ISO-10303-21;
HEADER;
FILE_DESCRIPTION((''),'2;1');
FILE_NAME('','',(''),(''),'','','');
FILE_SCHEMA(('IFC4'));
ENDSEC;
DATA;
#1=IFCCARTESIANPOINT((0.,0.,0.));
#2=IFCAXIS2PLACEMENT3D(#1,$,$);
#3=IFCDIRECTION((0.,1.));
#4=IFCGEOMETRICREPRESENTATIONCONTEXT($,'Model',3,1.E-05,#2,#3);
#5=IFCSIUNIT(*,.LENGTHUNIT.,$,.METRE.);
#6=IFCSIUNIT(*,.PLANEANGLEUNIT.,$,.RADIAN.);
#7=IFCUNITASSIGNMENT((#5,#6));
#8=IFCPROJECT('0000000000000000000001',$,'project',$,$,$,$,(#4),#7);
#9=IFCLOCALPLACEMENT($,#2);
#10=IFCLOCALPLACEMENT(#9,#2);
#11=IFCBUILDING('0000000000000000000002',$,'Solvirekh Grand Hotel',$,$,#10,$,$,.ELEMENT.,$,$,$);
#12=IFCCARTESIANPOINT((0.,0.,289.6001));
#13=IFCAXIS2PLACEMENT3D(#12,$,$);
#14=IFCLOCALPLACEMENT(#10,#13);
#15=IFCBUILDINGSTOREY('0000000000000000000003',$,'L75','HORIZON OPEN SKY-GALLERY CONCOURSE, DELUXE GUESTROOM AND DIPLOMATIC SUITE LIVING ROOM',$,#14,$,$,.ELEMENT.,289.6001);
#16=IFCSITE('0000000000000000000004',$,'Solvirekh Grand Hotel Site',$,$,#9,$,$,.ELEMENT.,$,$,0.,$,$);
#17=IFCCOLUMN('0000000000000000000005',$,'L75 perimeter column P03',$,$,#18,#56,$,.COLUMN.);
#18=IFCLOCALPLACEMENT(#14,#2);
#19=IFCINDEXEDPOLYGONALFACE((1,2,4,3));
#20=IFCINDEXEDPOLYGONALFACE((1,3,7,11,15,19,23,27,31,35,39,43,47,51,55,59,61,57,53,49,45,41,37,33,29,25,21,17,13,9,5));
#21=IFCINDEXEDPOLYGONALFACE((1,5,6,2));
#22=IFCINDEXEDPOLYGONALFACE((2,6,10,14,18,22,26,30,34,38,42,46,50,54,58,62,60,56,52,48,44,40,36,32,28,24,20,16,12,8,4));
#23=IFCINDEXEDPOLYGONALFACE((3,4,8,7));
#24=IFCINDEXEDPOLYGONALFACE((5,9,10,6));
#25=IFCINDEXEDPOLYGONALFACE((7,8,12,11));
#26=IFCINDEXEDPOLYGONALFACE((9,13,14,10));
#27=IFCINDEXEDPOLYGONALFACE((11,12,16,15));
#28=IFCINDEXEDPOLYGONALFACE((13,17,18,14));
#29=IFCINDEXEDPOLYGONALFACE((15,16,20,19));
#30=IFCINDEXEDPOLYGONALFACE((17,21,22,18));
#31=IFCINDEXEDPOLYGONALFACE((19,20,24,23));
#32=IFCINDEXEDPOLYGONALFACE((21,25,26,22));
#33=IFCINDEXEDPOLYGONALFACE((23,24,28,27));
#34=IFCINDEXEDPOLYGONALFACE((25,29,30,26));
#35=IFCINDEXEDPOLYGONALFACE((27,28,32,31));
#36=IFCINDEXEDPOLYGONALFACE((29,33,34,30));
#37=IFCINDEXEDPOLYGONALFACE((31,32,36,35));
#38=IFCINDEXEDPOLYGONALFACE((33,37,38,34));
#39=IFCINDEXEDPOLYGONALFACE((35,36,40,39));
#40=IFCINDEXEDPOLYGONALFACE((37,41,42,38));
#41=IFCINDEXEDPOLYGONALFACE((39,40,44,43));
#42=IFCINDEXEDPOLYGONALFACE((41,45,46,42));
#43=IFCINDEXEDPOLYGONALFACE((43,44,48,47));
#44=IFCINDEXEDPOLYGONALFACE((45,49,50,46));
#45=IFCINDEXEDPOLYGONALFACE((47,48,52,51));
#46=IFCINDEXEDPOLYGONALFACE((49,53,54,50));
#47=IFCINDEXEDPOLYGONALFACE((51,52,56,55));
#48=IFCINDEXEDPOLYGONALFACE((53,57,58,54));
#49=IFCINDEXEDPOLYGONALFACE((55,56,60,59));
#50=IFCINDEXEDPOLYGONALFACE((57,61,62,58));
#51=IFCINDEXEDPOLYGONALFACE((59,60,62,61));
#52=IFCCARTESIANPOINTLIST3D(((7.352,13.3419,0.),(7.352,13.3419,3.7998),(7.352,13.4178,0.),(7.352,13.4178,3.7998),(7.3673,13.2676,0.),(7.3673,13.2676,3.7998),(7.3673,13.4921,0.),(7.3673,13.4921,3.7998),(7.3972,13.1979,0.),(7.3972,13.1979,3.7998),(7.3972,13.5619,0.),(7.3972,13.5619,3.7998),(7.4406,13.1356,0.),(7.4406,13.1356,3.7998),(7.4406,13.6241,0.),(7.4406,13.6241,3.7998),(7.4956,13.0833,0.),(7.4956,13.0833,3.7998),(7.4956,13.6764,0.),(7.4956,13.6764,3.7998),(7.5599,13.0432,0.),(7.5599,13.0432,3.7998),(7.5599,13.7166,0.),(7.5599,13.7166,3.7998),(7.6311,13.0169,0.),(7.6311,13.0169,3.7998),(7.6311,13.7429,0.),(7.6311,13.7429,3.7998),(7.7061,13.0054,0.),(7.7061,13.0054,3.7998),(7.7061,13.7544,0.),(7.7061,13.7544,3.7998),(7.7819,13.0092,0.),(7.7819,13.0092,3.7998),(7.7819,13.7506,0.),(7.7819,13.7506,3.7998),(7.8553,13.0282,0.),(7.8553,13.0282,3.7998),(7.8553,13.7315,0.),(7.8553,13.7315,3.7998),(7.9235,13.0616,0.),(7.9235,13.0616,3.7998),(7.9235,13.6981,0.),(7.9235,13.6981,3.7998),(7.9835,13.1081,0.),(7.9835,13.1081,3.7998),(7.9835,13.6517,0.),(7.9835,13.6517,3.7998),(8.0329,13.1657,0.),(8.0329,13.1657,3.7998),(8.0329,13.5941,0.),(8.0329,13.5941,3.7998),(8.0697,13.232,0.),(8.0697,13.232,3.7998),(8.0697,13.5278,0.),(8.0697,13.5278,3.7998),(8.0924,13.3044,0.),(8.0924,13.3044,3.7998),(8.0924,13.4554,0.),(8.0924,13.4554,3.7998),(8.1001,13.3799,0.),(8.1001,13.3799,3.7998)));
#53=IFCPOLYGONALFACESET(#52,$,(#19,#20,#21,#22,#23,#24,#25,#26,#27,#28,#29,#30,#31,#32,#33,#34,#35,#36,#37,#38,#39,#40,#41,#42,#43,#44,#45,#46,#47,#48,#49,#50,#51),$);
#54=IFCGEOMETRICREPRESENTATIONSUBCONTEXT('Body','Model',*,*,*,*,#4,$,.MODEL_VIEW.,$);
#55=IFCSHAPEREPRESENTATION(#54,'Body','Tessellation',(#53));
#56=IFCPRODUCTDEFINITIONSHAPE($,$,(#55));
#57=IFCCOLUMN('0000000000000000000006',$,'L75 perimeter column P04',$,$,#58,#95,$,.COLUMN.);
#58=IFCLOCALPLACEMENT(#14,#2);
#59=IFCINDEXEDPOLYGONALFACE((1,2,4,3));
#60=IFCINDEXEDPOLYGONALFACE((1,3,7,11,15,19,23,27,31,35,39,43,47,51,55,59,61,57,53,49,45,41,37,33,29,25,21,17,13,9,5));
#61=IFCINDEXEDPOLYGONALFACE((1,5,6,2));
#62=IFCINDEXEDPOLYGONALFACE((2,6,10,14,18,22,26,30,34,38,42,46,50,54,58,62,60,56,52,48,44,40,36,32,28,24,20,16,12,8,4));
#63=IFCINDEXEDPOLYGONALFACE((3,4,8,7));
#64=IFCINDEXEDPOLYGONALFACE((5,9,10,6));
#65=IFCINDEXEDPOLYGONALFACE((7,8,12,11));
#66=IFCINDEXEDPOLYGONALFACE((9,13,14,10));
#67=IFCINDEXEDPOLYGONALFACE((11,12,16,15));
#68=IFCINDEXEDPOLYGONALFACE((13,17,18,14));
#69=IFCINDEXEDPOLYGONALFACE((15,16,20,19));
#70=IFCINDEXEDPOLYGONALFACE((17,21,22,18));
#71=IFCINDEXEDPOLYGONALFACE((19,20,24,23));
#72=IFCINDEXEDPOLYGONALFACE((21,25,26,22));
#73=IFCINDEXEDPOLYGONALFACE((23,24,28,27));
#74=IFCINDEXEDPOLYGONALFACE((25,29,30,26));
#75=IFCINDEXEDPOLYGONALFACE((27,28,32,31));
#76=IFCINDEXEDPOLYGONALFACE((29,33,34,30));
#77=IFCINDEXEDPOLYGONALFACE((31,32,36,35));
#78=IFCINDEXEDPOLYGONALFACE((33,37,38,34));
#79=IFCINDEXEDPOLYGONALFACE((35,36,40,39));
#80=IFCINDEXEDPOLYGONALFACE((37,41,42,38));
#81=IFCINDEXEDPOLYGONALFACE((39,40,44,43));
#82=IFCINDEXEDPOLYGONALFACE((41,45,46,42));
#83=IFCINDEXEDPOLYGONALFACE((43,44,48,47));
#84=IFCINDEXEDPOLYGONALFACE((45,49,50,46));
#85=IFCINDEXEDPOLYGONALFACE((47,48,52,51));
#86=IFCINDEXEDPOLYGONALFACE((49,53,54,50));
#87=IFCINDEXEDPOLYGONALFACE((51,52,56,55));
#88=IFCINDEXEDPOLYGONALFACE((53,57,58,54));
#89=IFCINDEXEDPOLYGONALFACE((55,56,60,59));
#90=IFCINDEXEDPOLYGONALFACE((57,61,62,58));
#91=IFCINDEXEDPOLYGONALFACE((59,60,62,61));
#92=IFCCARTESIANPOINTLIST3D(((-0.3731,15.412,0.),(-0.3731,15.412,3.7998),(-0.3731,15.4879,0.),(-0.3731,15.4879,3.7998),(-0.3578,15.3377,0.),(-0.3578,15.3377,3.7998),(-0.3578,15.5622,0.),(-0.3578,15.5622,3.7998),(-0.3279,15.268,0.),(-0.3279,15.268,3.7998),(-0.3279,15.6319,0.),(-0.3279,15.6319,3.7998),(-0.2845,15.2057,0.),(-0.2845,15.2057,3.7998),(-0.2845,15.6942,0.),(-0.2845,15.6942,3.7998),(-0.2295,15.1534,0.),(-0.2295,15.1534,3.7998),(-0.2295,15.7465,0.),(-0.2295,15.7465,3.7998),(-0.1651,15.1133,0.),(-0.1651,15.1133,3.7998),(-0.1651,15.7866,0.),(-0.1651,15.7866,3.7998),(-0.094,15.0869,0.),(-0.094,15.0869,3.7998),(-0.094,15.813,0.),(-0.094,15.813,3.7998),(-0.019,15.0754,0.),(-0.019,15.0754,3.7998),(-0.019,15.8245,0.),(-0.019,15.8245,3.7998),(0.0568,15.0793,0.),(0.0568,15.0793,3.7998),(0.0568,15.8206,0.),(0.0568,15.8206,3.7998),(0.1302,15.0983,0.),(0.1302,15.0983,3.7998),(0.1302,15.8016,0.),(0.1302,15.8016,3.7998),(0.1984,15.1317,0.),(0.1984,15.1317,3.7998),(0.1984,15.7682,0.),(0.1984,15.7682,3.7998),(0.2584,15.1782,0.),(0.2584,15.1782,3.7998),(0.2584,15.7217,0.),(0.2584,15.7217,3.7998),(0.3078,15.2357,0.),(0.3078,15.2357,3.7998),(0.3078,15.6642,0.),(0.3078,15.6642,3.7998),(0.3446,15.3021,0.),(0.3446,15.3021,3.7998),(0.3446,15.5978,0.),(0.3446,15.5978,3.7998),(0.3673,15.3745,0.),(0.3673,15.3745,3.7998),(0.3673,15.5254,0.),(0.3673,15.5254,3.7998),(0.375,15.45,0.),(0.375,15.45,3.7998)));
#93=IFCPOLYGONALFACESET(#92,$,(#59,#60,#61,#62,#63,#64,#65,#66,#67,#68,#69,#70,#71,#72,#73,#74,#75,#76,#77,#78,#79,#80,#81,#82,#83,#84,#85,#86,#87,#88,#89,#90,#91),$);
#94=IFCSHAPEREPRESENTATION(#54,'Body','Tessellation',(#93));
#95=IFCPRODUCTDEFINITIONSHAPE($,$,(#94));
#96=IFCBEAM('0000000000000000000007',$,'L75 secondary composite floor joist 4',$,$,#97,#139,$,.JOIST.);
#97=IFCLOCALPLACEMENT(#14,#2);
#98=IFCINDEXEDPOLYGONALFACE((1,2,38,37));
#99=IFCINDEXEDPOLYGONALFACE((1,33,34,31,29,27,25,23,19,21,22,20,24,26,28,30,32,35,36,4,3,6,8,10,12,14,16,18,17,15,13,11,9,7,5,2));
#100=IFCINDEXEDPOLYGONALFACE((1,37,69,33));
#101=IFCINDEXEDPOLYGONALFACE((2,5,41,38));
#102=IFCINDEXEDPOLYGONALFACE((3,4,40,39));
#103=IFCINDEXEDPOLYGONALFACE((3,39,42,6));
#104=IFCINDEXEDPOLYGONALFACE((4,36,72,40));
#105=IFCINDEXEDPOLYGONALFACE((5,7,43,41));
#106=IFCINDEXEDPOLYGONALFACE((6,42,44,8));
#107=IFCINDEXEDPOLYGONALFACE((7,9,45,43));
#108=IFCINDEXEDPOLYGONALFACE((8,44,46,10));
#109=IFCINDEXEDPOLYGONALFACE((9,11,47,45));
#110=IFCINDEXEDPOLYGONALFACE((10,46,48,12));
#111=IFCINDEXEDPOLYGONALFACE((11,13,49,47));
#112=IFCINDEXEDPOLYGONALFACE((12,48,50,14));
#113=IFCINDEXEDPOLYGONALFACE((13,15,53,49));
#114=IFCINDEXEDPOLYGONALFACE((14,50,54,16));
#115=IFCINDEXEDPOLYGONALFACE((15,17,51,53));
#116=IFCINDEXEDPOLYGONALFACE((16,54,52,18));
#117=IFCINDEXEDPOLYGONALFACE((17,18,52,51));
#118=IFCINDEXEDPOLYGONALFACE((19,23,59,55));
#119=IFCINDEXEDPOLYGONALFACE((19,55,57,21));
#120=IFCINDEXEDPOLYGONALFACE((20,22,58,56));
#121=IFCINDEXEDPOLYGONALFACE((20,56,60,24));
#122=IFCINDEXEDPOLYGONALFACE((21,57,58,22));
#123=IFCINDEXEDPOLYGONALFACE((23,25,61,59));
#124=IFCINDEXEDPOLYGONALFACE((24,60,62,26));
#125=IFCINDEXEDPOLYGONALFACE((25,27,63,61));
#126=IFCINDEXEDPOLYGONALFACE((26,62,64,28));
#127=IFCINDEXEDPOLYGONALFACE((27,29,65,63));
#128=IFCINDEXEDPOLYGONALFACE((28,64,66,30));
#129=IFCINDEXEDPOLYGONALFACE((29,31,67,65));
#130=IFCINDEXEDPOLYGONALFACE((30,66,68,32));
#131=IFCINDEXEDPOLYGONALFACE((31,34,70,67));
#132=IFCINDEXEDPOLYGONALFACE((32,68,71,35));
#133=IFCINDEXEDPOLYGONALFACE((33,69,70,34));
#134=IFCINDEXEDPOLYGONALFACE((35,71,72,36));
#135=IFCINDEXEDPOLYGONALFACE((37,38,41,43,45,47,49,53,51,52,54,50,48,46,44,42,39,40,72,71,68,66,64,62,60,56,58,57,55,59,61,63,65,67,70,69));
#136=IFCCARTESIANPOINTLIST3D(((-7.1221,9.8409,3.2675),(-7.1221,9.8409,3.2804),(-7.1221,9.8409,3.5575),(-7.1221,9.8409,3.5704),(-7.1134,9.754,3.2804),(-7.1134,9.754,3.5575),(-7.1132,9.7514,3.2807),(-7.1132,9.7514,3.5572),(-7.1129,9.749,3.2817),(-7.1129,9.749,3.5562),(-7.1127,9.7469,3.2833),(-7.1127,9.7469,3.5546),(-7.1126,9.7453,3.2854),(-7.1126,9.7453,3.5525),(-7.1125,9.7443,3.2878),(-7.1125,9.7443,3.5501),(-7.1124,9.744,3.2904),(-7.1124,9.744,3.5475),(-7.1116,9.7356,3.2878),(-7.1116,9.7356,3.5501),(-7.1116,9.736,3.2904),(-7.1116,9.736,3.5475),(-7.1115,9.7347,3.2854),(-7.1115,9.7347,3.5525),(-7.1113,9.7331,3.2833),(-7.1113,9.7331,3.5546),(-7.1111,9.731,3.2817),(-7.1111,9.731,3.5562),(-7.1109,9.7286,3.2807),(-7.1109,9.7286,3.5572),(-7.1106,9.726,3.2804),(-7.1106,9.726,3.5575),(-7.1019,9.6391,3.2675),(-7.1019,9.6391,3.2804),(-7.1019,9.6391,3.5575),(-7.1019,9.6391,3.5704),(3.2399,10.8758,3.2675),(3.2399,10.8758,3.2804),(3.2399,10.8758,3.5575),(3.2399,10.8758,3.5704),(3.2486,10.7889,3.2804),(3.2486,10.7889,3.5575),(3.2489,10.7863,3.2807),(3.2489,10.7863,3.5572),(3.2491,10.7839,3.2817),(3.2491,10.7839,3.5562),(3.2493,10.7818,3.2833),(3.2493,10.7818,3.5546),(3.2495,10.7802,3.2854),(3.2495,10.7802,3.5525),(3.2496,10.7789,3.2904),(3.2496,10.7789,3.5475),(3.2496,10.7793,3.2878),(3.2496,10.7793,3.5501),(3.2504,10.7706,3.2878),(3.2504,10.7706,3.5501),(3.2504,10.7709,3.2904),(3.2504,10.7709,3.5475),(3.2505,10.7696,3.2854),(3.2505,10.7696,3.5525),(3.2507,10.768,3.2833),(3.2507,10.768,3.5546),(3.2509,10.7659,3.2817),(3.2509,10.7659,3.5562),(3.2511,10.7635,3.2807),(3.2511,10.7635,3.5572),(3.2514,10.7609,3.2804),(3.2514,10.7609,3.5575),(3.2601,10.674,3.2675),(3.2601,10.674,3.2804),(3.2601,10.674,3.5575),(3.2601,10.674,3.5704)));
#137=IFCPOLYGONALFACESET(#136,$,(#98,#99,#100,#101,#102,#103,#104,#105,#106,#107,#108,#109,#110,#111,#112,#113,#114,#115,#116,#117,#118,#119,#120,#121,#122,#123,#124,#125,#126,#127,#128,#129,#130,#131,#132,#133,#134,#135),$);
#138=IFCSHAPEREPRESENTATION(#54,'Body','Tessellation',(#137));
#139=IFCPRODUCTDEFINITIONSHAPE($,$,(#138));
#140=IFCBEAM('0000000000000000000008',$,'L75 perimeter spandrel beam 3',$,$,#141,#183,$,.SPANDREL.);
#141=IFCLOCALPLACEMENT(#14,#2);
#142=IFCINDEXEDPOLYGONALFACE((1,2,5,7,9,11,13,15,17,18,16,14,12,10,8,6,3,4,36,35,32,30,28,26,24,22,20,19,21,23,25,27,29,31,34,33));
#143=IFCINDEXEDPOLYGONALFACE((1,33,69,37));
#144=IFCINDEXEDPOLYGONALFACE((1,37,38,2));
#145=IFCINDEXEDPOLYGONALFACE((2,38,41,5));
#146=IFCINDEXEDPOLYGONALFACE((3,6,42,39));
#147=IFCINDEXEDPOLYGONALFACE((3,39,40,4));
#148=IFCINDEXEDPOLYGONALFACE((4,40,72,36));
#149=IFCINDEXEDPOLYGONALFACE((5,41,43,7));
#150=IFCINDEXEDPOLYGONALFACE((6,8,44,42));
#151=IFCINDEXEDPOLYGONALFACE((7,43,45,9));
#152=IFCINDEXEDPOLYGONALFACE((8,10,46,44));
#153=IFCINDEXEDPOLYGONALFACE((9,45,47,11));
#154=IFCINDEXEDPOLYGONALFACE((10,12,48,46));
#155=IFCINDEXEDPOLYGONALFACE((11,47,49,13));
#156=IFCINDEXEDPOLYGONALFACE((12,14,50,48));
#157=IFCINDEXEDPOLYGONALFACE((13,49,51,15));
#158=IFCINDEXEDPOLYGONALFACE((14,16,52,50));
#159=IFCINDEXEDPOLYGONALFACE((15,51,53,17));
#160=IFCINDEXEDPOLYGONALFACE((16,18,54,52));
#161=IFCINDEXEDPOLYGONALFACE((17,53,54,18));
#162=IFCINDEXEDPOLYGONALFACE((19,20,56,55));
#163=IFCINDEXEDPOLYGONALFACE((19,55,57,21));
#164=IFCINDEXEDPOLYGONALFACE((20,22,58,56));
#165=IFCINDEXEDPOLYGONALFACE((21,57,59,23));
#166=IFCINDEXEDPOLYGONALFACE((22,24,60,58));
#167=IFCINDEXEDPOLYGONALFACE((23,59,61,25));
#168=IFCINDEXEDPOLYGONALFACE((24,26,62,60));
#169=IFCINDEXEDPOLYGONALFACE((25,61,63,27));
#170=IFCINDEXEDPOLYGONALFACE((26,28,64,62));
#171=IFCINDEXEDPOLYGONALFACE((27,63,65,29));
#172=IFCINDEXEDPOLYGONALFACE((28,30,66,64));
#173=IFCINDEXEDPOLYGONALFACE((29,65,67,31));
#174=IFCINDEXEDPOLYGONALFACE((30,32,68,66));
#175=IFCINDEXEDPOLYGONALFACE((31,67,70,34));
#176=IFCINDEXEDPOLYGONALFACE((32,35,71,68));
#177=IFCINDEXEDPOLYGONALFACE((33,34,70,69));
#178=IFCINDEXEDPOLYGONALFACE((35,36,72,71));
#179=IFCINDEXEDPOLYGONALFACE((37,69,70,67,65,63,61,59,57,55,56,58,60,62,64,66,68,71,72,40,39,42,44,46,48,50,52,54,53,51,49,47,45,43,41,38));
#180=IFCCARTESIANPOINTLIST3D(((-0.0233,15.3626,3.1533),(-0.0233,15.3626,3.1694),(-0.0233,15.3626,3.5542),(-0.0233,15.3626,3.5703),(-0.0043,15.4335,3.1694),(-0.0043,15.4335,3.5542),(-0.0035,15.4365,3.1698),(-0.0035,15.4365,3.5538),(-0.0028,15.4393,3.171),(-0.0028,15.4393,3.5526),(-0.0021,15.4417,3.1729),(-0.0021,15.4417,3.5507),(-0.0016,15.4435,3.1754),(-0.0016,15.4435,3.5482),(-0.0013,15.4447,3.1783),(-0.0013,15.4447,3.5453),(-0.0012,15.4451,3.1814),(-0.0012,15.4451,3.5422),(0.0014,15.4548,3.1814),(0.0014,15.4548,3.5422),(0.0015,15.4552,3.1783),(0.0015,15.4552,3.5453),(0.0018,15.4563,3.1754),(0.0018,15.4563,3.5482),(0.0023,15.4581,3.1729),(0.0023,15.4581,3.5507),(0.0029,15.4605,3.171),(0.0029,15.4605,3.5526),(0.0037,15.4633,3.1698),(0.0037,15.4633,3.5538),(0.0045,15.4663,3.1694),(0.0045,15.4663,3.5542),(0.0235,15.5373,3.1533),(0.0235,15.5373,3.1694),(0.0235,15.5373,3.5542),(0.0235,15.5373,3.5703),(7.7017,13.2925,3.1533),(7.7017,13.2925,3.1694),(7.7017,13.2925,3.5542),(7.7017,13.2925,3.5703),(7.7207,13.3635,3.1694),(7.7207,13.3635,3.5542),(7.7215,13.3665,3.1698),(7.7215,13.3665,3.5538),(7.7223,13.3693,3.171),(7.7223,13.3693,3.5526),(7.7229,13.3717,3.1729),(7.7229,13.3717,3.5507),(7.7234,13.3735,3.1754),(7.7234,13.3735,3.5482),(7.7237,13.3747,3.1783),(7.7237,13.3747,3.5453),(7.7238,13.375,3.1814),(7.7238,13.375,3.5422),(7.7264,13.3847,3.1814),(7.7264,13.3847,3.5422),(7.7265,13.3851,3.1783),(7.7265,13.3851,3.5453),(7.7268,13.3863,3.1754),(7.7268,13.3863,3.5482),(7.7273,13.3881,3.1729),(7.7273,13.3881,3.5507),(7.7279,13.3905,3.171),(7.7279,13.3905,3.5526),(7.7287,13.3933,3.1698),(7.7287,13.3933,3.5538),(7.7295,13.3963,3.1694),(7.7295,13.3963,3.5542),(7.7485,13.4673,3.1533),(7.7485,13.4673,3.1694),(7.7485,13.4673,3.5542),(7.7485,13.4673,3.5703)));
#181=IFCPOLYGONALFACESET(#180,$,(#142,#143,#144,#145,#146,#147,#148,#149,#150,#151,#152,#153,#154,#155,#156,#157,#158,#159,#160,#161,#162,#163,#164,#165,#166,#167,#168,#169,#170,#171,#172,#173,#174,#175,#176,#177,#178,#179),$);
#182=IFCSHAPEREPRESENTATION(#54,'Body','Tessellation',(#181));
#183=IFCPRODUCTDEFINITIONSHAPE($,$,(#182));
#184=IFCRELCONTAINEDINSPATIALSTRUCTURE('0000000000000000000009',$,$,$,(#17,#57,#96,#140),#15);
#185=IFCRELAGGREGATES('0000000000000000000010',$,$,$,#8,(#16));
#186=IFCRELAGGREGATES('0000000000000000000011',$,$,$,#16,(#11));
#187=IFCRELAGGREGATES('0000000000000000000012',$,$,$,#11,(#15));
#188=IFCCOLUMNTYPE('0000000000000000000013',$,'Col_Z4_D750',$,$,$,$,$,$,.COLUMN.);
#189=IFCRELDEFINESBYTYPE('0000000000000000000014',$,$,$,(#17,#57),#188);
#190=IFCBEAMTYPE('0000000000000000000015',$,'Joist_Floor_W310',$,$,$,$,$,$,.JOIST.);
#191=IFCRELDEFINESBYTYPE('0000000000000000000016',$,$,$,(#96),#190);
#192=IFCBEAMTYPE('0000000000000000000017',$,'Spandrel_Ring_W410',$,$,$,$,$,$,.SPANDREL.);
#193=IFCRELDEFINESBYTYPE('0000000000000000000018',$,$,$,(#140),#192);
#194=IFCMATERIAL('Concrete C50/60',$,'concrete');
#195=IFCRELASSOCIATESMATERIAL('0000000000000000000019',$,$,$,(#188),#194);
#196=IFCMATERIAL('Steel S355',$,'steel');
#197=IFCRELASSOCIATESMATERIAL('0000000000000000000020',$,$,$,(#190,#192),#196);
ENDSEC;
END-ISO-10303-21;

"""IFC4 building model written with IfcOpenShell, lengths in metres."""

from ifc_helpers import new_model, si_unit, direction, frame, origin, origin_2d, place, context, subcontext, project, spatial, circle, i_section, extrude, material, material_profile, profile_set, type_object, element, save


model = new_model("IFC4")

# Units and contexts
model_context = context("Model", 3, precision=1e-05, world=origin(), true_north=direction((0.0, 1.0)))
body_context = subcontext(model_context, "Body", "Model", "MODEL_VIEW")
ifc_project = project(units=[si_unit("LENGTHUNIT", "METRE"), si_unit("PLANEANGLEUNIT", "RADIAN")], contexts=[model_context])

# Site, building, storey
site_placement = place(None, origin())
site = spatial("IfcSite", under=ifc_project, at=site_placement, Name="Solvirekh Grand Hotel Site", CompositionType="ELEMENT", RefElevation=0.0)
building_placement = place(site_placement, origin())
building = spatial("IfcBuilding", under=site, at=building_placement, Name="Solvirekh Grand Hotel", CompositionType="ELEMENT")
storey_placement = place(building_placement, frame((0.0, 0.0, 289.6001)))
storey = spatial("IfcBuildingStorey", under=building, at=storey_placement, Name="L75", Description="HORIZON OPEN SKY-GALLERY CONCOURSE, DELUXE GUESTROOM AND DIPLOMATIC SUITE LIVING ROOM", CompositionType="ELEMENT", Elevation=289.6001)

# Columns
ifc_material_1 = material(Name="Concrete C50/60", Category="concrete")
ifc_material_profile_1 = material_profile(ifc_material_1, circle(Radius=0.375, at=origin_2d()), Name="RC CIRC D750")
ifc_profile_set_1 = profile_set([ifc_material_profile_1], Name="Concrete C50/60")
column_type = type_object("IfcColumnType", Name="Col_Z4_D750", PredefinedType="COLUMN", material=ifc_profile_set_1)
for number, where, z_axis, x_axis, name in (
    (1, (7.7251, 13.3799, 0.0), (0.0, 0.0, 1.0), (1.0, 0.0, 0.0), "L75 perimeter column P03"),
    (2, (0.0, 15.45, 0.0), (0.0, 0.0, 1.0), (1.0, 0.0, 0.0), "L75 perimeter column P04"),
):
    element("IfcColumn", number, at=place(storey_placement, frame(where, z_axis=z_axis, x_axis=x_axis)), inside=storey, type_object=column_type, Name=name, PredefinedType="COLUMN", context=body_context, shape_type="SweptSolid", body=[
        extrude(circle(Radius=0.375, at=origin_2d()), origin(), (0.0, 0.0, 1.0), 3.7998),
    ])

# Beams
ifc_material_2 = material(Name="Steel S355", Category="steel")
ifc_material_profile_2 = material_profile(ifc_material_2, i_section(OverallWidth=0.2029, OverallDepth=0.303, WebThickness=0.0081, FlangeThickness=0.0129, FilletRadius=0.01, at=origin_2d()), Name="W310X60")
ifc_profile_set_2 = profile_set([ifc_material_profile_2], Name="Steel S355")
beam_type_1 = type_object("IfcBeamType", Name="Joist_Floor_W310", PredefinedType="JOIST", material=ifc_profile_set_2)
beam_placement = place(storey_placement, frame((3.25, 10.7749, 3.4189), z_axis=(-0.995049, -0.099381, 0.0), x_axis=(0.099381, -0.995049, 0.0)))
element("IfcBeam", 3, at=beam_placement, inside=storey, type_object=beam_type_1, Name="L75 secondary composite floor joist 4", PredefinedType="JOIST", context=body_context, shape_type="SweptSolid", body=[
    extrude(i_section(OverallWidth=0.2029, OverallDepth=0.303, WebThickness=0.0081, FlangeThickness=0.0129, FilletRadius=0.01, at=origin_2d()), origin(), (0.0, 0.0, 1.0), 10.4136),
])
ifc_material_profile_3 = material_profile(ifc_material_2, i_section(OverallWidth=0.1809, OverallDepth=0.417, WebThickness=0.01, FlangeThickness=0.0161, FilletRadius=0.012, at=origin_2d()), Name="W410X85")
ifc_profile_set_3 = profile_set([ifc_material_profile_3], Name="Steel S355")
beam_type_2 = type_object("IfcBeamType", Name="Spandrel_Ring_W410", PredefinedType="SPANDREL", material=ifc_profile_set_3)
for number, where, z_axis, x_axis, name in (
    (4, (7.7251, 13.3799, 3.3618), (-0.965922, 0.258835, 0.0), (-0.258835, -0.965922, 0.0), "L75 perimeter spandrel beam 3"),
):
    element("IfcBeam", number, at=place(storey_placement, frame(where, z_axis=z_axis, x_axis=x_axis)), inside=storey, type_object=beam_type_2, Name=name, PredefinedType="SPANDREL", context=body_context, shape_type="SweptSolid", body=[
        extrude(i_section(OverallWidth=0.1809, OverallDepth=0.417, WebThickness=0.01, FlangeThickness=0.0161, FilletRadius=0.012, at=origin_2d()), origin(), (0.0, 0.0, 1.0), 7.9976),
    ])

save(model, "model.ifc")
